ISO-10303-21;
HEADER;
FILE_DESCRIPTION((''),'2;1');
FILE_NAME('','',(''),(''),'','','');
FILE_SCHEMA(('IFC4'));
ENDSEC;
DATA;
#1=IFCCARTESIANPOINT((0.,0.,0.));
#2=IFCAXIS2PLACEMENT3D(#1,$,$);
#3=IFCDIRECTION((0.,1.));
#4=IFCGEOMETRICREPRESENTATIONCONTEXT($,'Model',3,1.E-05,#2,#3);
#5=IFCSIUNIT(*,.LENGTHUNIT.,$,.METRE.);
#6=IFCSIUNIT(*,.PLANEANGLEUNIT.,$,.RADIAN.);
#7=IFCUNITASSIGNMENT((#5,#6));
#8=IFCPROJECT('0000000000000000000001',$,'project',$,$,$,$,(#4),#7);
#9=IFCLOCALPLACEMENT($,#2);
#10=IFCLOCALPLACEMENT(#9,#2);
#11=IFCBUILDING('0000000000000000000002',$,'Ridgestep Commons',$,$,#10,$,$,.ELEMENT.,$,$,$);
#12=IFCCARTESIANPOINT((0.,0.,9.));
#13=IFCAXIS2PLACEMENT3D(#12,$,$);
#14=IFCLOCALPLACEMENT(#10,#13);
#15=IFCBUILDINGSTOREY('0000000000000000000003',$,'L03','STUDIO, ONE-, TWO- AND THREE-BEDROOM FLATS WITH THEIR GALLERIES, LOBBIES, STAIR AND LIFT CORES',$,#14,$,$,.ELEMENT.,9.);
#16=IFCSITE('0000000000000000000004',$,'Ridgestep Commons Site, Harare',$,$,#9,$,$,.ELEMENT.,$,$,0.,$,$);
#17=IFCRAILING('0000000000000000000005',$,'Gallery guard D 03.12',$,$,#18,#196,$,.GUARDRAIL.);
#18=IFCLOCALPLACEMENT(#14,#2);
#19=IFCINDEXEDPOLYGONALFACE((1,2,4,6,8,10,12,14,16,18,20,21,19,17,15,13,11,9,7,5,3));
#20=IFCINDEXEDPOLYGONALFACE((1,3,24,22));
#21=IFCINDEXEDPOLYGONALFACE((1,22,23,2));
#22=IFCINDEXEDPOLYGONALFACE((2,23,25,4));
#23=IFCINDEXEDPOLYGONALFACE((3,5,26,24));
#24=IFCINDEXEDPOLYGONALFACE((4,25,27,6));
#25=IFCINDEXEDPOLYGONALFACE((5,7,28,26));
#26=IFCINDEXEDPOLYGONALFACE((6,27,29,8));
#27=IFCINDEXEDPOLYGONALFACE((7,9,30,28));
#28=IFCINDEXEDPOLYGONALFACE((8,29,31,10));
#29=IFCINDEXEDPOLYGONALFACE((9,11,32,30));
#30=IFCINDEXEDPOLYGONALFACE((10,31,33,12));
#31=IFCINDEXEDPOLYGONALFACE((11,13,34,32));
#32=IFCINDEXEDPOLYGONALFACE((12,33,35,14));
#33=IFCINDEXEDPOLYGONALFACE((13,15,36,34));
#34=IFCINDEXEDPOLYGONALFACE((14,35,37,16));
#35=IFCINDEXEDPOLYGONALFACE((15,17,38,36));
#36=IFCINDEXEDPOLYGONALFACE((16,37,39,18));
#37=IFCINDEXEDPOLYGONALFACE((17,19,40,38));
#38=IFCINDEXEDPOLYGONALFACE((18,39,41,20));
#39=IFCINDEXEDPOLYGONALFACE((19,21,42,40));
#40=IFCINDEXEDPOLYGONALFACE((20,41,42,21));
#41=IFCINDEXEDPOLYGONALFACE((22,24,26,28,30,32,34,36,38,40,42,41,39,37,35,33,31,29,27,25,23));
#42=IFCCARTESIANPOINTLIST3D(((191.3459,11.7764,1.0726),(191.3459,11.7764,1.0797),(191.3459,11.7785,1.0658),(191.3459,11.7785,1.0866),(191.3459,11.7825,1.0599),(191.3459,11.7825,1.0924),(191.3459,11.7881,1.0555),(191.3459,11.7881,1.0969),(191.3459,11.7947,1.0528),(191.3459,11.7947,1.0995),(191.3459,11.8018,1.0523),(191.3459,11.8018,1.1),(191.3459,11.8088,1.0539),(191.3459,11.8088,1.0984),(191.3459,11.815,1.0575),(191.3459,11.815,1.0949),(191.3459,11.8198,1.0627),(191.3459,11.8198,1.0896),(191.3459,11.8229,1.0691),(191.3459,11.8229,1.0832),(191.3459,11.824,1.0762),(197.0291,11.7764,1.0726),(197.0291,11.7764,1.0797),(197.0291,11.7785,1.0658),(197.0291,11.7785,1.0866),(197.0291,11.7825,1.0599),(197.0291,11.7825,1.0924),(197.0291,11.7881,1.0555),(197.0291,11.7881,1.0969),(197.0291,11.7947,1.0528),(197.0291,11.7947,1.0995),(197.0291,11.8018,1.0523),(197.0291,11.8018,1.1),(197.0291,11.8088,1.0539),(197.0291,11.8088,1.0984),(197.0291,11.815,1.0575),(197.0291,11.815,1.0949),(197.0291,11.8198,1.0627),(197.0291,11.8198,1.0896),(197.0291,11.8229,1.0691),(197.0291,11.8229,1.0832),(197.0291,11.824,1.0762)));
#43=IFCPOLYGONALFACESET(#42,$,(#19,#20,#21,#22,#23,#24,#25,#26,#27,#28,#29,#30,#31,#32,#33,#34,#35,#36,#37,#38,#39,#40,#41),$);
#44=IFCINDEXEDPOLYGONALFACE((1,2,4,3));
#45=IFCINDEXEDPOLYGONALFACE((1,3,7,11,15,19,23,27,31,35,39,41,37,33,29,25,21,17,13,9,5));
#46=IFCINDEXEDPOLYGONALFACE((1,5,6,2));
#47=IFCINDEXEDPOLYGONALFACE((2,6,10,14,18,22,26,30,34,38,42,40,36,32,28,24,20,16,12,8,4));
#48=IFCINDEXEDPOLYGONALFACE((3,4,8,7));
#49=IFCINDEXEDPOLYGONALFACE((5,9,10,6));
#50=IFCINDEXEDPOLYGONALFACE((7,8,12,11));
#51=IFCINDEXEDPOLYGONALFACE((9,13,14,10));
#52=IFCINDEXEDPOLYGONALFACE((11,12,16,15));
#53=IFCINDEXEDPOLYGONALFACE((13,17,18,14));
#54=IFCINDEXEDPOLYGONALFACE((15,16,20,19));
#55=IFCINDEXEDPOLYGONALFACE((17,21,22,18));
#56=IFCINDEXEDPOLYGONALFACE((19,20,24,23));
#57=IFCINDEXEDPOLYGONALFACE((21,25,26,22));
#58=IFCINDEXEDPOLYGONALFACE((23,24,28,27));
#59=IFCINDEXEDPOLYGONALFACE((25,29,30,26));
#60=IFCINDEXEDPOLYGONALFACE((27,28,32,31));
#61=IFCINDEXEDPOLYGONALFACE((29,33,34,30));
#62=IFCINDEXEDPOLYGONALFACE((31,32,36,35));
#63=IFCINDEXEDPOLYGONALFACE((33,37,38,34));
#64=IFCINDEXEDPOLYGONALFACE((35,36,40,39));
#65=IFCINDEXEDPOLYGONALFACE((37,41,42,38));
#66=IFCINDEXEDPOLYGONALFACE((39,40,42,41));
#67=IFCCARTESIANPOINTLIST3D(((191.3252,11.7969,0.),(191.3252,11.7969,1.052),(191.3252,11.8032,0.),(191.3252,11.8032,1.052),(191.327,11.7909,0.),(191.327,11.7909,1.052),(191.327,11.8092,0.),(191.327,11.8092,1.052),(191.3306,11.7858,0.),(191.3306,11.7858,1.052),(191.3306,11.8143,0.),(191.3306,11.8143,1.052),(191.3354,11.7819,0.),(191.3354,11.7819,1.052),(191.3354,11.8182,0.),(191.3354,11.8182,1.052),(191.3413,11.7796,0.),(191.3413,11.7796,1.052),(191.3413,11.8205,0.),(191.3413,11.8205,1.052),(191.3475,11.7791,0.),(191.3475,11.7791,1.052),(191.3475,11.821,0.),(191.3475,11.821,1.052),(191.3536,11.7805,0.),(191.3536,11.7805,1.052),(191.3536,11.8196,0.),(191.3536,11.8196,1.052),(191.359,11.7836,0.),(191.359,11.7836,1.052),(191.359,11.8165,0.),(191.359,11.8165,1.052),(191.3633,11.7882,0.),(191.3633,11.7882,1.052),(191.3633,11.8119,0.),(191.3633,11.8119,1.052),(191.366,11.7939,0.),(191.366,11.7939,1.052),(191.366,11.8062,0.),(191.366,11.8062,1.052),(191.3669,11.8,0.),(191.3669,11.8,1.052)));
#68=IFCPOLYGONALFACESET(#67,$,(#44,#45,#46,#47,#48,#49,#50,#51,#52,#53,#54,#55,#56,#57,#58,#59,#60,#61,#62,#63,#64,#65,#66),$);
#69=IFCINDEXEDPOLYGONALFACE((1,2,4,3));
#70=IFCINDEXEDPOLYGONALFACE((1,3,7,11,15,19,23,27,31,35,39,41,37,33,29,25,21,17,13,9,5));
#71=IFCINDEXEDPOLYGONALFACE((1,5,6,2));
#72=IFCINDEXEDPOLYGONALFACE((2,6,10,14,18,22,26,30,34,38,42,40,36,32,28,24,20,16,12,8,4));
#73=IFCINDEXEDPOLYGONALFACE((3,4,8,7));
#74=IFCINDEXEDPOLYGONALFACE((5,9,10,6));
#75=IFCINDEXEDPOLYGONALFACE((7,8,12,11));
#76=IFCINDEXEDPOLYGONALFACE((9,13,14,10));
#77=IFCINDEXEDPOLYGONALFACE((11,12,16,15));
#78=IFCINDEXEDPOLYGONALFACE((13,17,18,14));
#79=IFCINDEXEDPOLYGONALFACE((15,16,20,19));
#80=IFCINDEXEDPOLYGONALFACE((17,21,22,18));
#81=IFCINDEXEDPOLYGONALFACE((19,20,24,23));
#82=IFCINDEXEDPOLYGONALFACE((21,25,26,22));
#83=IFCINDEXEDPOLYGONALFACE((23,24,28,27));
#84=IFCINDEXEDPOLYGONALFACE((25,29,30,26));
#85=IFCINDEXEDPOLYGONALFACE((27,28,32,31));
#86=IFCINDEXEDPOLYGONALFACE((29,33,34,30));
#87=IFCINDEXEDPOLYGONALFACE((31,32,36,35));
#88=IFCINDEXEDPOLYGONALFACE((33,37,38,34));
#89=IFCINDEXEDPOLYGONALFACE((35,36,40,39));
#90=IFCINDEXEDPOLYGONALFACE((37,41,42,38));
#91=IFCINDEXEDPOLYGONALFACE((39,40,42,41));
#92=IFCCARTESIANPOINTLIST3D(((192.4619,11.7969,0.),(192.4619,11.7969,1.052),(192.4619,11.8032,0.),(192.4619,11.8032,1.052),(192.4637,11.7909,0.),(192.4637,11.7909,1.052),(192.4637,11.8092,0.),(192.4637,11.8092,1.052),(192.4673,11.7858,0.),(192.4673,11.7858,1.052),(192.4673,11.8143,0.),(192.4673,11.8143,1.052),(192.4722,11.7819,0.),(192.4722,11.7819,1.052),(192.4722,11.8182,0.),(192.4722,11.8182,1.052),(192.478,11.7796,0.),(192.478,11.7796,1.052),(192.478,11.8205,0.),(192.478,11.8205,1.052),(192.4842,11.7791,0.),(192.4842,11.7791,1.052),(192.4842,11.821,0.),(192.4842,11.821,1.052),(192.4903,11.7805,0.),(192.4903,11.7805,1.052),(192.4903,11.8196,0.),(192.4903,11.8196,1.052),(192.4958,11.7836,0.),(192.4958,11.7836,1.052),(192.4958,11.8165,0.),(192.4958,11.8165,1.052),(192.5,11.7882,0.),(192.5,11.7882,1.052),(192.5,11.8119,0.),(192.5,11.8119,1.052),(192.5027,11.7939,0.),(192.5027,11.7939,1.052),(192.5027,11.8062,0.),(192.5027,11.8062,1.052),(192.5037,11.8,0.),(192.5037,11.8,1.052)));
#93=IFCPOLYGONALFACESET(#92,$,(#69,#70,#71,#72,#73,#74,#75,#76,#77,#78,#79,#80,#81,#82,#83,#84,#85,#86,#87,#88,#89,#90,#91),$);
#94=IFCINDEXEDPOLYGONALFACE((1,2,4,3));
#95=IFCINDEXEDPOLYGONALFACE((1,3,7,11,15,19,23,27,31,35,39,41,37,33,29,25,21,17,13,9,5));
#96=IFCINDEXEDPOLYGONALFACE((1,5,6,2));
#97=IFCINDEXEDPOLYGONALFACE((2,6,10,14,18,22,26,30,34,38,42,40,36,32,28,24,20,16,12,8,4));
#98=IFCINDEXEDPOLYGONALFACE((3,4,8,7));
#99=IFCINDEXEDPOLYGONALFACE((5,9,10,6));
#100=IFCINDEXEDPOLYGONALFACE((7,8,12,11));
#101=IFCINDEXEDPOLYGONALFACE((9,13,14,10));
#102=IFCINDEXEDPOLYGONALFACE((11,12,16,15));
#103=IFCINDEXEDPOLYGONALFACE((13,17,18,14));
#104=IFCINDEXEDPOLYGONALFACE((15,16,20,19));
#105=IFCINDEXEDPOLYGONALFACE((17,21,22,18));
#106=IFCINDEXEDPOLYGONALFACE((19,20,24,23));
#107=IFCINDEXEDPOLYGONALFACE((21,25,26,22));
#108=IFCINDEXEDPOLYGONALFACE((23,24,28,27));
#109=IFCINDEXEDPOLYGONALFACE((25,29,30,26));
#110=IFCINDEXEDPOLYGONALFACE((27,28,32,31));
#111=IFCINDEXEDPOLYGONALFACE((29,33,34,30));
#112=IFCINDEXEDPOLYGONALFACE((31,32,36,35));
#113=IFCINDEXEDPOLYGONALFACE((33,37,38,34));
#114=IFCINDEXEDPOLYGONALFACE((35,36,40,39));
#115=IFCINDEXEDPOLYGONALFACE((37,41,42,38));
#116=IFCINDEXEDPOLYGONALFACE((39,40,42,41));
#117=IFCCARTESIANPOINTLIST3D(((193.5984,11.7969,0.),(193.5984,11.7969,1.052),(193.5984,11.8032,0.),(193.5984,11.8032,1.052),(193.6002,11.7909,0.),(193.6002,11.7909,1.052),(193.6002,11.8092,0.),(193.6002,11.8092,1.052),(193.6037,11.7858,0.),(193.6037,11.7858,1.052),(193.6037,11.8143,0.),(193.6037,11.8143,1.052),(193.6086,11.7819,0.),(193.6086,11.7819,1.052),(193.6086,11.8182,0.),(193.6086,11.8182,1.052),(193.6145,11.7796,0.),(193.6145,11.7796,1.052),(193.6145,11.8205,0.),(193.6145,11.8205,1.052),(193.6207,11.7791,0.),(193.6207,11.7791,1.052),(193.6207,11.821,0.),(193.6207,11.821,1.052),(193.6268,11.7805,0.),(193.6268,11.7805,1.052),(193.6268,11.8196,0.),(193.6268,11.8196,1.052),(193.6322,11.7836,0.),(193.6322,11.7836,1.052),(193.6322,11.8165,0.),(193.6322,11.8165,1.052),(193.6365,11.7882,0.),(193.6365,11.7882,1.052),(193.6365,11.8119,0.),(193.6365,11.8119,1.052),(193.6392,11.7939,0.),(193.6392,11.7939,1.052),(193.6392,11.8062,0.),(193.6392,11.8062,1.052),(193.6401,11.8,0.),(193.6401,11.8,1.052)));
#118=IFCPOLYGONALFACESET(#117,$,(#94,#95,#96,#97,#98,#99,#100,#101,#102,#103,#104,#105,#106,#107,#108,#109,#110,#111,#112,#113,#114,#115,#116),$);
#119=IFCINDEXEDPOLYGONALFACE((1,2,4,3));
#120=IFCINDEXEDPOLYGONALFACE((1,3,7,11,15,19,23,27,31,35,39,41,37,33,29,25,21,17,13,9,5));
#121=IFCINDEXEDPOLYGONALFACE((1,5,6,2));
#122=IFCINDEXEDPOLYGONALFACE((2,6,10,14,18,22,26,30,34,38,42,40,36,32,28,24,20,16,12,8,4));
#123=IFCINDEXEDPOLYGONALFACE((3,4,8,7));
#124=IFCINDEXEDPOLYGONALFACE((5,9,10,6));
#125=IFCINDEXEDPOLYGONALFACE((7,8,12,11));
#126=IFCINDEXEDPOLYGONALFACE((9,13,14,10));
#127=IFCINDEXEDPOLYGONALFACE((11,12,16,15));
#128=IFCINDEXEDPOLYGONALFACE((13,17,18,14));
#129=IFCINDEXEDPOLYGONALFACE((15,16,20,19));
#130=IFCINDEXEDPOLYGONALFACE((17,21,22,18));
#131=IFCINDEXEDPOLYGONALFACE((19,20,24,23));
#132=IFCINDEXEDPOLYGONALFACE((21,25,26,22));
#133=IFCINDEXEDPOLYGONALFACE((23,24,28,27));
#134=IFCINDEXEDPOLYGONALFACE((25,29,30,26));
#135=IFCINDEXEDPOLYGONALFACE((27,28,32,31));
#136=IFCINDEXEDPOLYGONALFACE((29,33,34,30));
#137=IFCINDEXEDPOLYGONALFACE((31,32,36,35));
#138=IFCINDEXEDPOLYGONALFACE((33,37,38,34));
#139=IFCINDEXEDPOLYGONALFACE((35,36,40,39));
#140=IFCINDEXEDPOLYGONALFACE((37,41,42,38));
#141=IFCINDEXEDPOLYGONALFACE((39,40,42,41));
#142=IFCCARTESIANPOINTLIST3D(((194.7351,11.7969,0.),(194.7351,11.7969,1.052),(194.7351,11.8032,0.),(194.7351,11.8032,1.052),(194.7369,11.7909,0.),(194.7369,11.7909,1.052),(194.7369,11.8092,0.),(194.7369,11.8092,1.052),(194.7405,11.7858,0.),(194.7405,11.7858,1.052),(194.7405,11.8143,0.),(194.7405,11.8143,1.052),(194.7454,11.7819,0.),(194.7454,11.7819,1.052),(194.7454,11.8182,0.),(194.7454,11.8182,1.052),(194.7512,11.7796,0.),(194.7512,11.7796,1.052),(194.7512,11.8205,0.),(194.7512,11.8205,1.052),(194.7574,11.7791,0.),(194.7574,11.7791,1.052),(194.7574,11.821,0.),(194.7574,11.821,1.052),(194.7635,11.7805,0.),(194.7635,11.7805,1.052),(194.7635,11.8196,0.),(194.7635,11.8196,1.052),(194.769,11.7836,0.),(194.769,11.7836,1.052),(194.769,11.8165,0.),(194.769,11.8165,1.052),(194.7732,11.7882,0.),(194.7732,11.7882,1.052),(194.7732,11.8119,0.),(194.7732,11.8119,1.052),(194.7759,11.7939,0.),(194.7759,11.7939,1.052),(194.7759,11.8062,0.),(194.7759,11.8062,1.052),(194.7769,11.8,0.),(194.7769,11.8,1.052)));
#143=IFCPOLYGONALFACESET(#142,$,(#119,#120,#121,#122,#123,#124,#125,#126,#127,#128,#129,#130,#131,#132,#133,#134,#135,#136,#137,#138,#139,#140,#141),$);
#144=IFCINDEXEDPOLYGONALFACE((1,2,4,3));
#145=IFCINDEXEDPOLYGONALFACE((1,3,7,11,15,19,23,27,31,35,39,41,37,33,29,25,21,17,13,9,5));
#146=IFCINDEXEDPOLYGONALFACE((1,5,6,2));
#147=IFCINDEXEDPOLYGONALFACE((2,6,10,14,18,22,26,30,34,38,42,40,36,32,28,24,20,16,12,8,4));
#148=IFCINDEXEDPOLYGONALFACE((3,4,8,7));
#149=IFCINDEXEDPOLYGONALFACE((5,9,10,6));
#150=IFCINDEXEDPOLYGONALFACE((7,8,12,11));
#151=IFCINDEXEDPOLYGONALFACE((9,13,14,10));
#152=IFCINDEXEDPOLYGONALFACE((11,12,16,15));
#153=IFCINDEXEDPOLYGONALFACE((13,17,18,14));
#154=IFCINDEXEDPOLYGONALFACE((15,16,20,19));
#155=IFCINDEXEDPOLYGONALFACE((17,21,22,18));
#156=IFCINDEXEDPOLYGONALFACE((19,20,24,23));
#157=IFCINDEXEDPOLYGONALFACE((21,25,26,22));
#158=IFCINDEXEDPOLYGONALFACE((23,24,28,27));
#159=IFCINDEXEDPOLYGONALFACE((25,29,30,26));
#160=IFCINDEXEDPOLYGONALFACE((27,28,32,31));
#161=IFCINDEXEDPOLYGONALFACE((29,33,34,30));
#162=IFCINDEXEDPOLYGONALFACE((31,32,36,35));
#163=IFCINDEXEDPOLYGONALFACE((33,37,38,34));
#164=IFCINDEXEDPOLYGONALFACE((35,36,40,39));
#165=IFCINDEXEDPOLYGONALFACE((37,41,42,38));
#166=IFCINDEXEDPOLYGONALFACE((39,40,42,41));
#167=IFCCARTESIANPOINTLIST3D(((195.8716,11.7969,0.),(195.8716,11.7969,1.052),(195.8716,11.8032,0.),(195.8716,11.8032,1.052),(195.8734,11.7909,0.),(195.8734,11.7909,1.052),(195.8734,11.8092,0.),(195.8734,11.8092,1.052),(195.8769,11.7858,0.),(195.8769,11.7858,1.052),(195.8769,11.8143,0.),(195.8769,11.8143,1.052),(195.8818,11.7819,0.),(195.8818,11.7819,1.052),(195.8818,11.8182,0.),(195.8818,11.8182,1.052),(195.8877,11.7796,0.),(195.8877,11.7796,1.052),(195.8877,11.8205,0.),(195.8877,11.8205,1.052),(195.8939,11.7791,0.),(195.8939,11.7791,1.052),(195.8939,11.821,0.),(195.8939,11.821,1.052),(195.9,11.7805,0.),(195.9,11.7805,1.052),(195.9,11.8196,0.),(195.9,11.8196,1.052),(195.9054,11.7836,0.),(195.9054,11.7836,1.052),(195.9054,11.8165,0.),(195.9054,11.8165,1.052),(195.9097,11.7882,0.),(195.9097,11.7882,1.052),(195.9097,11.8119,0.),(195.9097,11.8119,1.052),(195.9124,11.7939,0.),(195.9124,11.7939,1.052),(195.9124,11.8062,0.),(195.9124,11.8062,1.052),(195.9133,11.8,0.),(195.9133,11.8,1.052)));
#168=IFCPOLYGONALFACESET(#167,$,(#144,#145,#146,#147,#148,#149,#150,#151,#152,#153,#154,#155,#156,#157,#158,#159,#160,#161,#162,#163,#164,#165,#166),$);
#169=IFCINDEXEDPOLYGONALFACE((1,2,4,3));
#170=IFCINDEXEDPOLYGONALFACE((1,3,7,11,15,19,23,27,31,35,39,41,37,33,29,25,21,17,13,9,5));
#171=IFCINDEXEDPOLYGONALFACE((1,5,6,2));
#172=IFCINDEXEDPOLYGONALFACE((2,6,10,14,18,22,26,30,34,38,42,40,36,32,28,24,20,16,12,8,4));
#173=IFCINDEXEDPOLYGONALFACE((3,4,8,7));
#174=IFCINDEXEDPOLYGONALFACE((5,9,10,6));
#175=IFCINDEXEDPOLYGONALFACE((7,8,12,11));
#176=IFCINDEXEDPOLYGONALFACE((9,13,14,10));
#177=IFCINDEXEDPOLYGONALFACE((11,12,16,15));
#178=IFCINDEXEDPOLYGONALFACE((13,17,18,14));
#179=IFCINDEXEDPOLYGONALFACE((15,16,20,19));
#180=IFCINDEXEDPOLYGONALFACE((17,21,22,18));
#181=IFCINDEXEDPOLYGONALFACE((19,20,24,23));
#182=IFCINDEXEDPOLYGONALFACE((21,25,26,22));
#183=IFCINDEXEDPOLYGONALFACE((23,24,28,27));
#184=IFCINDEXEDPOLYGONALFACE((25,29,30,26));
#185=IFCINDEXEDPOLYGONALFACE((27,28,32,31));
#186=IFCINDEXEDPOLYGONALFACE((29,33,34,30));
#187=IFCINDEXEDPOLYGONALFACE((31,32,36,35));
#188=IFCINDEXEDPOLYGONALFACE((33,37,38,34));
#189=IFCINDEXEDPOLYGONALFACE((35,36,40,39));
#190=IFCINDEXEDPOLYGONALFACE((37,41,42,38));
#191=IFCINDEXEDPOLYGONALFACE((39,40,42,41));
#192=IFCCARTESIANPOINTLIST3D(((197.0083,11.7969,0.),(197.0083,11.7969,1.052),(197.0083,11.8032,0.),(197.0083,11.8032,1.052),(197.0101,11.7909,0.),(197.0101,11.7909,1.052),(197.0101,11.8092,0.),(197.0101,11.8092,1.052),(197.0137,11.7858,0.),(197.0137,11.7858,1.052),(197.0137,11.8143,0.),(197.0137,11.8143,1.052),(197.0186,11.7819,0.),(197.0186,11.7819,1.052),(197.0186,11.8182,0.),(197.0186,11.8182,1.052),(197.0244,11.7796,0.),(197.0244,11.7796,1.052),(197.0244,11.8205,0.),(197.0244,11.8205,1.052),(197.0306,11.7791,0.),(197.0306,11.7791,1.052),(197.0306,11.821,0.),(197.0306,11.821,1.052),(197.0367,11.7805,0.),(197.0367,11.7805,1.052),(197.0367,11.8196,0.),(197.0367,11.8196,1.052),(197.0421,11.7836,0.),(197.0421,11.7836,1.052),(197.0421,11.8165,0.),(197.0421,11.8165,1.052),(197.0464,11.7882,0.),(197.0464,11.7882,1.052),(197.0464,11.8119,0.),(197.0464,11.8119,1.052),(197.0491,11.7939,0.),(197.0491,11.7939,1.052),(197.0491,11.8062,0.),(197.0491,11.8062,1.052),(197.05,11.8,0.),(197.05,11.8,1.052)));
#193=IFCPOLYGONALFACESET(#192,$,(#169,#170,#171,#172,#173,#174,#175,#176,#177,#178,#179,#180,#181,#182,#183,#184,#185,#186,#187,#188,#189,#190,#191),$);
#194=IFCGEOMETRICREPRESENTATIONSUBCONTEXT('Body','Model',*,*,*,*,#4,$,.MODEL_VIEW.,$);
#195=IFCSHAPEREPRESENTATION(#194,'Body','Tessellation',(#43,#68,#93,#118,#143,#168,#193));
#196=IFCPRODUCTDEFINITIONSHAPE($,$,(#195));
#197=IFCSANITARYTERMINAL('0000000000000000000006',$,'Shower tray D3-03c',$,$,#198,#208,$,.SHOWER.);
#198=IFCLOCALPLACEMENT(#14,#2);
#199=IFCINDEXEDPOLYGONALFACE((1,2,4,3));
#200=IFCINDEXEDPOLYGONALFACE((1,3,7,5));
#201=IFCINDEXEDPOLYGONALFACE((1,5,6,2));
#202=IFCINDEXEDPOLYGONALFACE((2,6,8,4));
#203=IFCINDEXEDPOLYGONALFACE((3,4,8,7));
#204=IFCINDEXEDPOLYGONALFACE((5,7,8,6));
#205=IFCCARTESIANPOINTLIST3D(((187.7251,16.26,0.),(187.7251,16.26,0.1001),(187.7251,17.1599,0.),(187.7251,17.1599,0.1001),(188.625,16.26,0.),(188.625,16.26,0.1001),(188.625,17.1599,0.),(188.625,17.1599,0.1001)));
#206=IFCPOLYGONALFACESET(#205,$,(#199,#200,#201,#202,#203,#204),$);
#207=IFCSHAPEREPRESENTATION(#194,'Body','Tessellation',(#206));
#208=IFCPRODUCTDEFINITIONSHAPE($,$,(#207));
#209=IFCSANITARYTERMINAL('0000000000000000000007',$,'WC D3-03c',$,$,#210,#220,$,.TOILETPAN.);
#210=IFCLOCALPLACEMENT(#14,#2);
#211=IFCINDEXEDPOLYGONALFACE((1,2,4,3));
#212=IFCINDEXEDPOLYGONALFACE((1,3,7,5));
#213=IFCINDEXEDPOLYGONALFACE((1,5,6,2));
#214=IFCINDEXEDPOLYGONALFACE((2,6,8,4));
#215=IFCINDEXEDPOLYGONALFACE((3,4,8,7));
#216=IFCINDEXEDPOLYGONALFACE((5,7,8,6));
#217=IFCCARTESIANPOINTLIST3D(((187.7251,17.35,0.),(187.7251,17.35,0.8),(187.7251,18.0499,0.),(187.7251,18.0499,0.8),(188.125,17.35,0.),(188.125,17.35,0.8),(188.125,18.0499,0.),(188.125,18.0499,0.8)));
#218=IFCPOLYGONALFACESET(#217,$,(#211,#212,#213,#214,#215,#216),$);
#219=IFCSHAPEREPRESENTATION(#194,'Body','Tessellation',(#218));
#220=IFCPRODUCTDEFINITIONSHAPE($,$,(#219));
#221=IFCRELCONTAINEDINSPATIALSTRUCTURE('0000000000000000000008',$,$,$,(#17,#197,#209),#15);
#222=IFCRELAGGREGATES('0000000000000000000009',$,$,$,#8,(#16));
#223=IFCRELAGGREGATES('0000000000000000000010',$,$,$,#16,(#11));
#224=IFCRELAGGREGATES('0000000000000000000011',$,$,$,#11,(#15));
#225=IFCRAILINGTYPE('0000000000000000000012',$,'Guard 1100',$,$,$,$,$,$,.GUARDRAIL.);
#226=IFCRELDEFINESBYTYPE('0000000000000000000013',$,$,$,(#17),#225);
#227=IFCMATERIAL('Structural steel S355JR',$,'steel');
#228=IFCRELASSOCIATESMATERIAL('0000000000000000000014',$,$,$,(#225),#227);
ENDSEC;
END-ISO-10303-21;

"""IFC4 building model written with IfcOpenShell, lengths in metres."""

from ifc_helpers import new_model, si_unit, direction, frame, origin, origin_2d, place, context, subcontext, project, spatial, rectangle, circle, extrude, material, type_object, element, save


model = new_model("IFC4")

# Units and contexts
model_context = context("Model", 3, precision=1e-05, world=origin(), true_north=direction((0.0, 1.0)))
body_context = subcontext(model_context, "Body", "Model", "MODEL_VIEW")
ifc_project = project(units=[si_unit("LENGTHUNIT", "METRE"), si_unit("PLANEANGLEUNIT", "RADIAN")], contexts=[model_context])

# Site, building, storey
site_placement = place(None, origin())
site = spatial("IfcSite", under=ifc_project, at=site_placement, Name="Ridgestep Commons Site, Harare", CompositionType="ELEMENT", RefElevation=0.0)
building_placement = place(site_placement, origin())
building = spatial("IfcBuilding", under=site, at=building_placement, Name="Ridgestep Commons", CompositionType="ELEMENT")
storey_placement = place(building_placement, frame((0.0, 0.0, 9.0)))
storey = spatial("IfcBuildingStorey", under=building, at=storey_placement, Name="L03", Description="STUDIO, ONE-, TWO- AND THREE-BEDROOM FLATS WITH THEIR GALLERIES, LOBBIES, STAIR AND LIFT CORES", CompositionType="ELEMENT", Elevation=9.0)

# Railing
ifc_material_1 = material(Name="Structural steel S355JR", Category="steel")
railing_type = type_object("IfcRailingType", Name="Guard 1100", PredefinedType="GUARDRAIL", material=ifc_material_1)
railing_1_placement = place(storey_placement, frame((191.3459, 11.8, 0.0)))
element("IfcRailing", 1, at=railing_1_placement, inside=storey, type_object=railing_type, Name="Gallery guard D 03.12", PredefinedType="GUARDRAIL", context=body_context, shape_type="SweptSolid", body=[
    extrude(circle(Radius=0.0239, at=origin_2d()), frame((0.0, 0.0, 1.0762), z_axis=(1.0, 0.0, 0.0), x_axis=(0.0, 1.0, 0.0)), (0.0, 0.0, 1.0), 5.6831),
    extrude(circle(Radius=0.021, at=origin_2d()), origin(), (0.0, 0.0, 1.0), 1.052),
    extrude(circle(Radius=0.021, at=origin_2d()), frame((1.1367, 0.0, 0.0)), (0.0, 0.0, 1.0), 1.052),
    extrude(circle(Radius=0.021, at=origin_2d()), frame((2.2732, 0.0, 0.0)), (0.0, 0.0, 1.0), 1.052),
    extrude(circle(Radius=0.021, at=origin_2d()), frame((3.4099, 0.0, 0.0)), (0.0, 0.0, 1.0), 1.052),
    extrude(circle(Radius=0.021, at=origin_2d()), frame((4.5464, 0.0, 0.0)), (0.0, 0.0, 1.0), 1.052),
    extrude(circle(Radius=0.021, at=origin_2d()), frame((5.6831, 0.0, 0.0)), (0.0, 0.0, 1.0), 1.052),
])

# Sanitary terminals
sanitary_terminal_1_placement = place(storey_placement, frame((188.175, 16.71, 0.0), z_axis=(0.0, 0.0, 1.0), x_axis=(1.0, 0.0, 0.0)))
element("IfcSanitaryTerminal", 2, at=sanitary_terminal_1_placement, inside=storey, Name="Shower tray D3-03c", PredefinedType="SHOWER", context=body_context, shape_type="SweptSolid", body=[
    extrude(rectangle(XDim=0.8999, YDim=0.8999, at=origin_2d()), origin(), (0.0, 0.0, 1.0), 0.1001),
])
sanitary_terminal_2_placement = place(storey_placement, frame((187.925, 17.7, 0.0), z_axis=(0.0, 0.0, 1.0), x_axis=(1.0, 0.0, 0.0)))
element("IfcSanitaryTerminal", 3, at=sanitary_terminal_2_placement, inside=storey, Name="WC D3-03c", PredefinedType="TOILETPAN", context=body_context, shape_type="SweptSolid", body=[
    extrude(rectangle(XDim=0.3999, YDim=0.7, at=origin_2d()), origin(), (0.0, 0.0, 1.0), 0.8),
])

save(model, "model.ifc")
